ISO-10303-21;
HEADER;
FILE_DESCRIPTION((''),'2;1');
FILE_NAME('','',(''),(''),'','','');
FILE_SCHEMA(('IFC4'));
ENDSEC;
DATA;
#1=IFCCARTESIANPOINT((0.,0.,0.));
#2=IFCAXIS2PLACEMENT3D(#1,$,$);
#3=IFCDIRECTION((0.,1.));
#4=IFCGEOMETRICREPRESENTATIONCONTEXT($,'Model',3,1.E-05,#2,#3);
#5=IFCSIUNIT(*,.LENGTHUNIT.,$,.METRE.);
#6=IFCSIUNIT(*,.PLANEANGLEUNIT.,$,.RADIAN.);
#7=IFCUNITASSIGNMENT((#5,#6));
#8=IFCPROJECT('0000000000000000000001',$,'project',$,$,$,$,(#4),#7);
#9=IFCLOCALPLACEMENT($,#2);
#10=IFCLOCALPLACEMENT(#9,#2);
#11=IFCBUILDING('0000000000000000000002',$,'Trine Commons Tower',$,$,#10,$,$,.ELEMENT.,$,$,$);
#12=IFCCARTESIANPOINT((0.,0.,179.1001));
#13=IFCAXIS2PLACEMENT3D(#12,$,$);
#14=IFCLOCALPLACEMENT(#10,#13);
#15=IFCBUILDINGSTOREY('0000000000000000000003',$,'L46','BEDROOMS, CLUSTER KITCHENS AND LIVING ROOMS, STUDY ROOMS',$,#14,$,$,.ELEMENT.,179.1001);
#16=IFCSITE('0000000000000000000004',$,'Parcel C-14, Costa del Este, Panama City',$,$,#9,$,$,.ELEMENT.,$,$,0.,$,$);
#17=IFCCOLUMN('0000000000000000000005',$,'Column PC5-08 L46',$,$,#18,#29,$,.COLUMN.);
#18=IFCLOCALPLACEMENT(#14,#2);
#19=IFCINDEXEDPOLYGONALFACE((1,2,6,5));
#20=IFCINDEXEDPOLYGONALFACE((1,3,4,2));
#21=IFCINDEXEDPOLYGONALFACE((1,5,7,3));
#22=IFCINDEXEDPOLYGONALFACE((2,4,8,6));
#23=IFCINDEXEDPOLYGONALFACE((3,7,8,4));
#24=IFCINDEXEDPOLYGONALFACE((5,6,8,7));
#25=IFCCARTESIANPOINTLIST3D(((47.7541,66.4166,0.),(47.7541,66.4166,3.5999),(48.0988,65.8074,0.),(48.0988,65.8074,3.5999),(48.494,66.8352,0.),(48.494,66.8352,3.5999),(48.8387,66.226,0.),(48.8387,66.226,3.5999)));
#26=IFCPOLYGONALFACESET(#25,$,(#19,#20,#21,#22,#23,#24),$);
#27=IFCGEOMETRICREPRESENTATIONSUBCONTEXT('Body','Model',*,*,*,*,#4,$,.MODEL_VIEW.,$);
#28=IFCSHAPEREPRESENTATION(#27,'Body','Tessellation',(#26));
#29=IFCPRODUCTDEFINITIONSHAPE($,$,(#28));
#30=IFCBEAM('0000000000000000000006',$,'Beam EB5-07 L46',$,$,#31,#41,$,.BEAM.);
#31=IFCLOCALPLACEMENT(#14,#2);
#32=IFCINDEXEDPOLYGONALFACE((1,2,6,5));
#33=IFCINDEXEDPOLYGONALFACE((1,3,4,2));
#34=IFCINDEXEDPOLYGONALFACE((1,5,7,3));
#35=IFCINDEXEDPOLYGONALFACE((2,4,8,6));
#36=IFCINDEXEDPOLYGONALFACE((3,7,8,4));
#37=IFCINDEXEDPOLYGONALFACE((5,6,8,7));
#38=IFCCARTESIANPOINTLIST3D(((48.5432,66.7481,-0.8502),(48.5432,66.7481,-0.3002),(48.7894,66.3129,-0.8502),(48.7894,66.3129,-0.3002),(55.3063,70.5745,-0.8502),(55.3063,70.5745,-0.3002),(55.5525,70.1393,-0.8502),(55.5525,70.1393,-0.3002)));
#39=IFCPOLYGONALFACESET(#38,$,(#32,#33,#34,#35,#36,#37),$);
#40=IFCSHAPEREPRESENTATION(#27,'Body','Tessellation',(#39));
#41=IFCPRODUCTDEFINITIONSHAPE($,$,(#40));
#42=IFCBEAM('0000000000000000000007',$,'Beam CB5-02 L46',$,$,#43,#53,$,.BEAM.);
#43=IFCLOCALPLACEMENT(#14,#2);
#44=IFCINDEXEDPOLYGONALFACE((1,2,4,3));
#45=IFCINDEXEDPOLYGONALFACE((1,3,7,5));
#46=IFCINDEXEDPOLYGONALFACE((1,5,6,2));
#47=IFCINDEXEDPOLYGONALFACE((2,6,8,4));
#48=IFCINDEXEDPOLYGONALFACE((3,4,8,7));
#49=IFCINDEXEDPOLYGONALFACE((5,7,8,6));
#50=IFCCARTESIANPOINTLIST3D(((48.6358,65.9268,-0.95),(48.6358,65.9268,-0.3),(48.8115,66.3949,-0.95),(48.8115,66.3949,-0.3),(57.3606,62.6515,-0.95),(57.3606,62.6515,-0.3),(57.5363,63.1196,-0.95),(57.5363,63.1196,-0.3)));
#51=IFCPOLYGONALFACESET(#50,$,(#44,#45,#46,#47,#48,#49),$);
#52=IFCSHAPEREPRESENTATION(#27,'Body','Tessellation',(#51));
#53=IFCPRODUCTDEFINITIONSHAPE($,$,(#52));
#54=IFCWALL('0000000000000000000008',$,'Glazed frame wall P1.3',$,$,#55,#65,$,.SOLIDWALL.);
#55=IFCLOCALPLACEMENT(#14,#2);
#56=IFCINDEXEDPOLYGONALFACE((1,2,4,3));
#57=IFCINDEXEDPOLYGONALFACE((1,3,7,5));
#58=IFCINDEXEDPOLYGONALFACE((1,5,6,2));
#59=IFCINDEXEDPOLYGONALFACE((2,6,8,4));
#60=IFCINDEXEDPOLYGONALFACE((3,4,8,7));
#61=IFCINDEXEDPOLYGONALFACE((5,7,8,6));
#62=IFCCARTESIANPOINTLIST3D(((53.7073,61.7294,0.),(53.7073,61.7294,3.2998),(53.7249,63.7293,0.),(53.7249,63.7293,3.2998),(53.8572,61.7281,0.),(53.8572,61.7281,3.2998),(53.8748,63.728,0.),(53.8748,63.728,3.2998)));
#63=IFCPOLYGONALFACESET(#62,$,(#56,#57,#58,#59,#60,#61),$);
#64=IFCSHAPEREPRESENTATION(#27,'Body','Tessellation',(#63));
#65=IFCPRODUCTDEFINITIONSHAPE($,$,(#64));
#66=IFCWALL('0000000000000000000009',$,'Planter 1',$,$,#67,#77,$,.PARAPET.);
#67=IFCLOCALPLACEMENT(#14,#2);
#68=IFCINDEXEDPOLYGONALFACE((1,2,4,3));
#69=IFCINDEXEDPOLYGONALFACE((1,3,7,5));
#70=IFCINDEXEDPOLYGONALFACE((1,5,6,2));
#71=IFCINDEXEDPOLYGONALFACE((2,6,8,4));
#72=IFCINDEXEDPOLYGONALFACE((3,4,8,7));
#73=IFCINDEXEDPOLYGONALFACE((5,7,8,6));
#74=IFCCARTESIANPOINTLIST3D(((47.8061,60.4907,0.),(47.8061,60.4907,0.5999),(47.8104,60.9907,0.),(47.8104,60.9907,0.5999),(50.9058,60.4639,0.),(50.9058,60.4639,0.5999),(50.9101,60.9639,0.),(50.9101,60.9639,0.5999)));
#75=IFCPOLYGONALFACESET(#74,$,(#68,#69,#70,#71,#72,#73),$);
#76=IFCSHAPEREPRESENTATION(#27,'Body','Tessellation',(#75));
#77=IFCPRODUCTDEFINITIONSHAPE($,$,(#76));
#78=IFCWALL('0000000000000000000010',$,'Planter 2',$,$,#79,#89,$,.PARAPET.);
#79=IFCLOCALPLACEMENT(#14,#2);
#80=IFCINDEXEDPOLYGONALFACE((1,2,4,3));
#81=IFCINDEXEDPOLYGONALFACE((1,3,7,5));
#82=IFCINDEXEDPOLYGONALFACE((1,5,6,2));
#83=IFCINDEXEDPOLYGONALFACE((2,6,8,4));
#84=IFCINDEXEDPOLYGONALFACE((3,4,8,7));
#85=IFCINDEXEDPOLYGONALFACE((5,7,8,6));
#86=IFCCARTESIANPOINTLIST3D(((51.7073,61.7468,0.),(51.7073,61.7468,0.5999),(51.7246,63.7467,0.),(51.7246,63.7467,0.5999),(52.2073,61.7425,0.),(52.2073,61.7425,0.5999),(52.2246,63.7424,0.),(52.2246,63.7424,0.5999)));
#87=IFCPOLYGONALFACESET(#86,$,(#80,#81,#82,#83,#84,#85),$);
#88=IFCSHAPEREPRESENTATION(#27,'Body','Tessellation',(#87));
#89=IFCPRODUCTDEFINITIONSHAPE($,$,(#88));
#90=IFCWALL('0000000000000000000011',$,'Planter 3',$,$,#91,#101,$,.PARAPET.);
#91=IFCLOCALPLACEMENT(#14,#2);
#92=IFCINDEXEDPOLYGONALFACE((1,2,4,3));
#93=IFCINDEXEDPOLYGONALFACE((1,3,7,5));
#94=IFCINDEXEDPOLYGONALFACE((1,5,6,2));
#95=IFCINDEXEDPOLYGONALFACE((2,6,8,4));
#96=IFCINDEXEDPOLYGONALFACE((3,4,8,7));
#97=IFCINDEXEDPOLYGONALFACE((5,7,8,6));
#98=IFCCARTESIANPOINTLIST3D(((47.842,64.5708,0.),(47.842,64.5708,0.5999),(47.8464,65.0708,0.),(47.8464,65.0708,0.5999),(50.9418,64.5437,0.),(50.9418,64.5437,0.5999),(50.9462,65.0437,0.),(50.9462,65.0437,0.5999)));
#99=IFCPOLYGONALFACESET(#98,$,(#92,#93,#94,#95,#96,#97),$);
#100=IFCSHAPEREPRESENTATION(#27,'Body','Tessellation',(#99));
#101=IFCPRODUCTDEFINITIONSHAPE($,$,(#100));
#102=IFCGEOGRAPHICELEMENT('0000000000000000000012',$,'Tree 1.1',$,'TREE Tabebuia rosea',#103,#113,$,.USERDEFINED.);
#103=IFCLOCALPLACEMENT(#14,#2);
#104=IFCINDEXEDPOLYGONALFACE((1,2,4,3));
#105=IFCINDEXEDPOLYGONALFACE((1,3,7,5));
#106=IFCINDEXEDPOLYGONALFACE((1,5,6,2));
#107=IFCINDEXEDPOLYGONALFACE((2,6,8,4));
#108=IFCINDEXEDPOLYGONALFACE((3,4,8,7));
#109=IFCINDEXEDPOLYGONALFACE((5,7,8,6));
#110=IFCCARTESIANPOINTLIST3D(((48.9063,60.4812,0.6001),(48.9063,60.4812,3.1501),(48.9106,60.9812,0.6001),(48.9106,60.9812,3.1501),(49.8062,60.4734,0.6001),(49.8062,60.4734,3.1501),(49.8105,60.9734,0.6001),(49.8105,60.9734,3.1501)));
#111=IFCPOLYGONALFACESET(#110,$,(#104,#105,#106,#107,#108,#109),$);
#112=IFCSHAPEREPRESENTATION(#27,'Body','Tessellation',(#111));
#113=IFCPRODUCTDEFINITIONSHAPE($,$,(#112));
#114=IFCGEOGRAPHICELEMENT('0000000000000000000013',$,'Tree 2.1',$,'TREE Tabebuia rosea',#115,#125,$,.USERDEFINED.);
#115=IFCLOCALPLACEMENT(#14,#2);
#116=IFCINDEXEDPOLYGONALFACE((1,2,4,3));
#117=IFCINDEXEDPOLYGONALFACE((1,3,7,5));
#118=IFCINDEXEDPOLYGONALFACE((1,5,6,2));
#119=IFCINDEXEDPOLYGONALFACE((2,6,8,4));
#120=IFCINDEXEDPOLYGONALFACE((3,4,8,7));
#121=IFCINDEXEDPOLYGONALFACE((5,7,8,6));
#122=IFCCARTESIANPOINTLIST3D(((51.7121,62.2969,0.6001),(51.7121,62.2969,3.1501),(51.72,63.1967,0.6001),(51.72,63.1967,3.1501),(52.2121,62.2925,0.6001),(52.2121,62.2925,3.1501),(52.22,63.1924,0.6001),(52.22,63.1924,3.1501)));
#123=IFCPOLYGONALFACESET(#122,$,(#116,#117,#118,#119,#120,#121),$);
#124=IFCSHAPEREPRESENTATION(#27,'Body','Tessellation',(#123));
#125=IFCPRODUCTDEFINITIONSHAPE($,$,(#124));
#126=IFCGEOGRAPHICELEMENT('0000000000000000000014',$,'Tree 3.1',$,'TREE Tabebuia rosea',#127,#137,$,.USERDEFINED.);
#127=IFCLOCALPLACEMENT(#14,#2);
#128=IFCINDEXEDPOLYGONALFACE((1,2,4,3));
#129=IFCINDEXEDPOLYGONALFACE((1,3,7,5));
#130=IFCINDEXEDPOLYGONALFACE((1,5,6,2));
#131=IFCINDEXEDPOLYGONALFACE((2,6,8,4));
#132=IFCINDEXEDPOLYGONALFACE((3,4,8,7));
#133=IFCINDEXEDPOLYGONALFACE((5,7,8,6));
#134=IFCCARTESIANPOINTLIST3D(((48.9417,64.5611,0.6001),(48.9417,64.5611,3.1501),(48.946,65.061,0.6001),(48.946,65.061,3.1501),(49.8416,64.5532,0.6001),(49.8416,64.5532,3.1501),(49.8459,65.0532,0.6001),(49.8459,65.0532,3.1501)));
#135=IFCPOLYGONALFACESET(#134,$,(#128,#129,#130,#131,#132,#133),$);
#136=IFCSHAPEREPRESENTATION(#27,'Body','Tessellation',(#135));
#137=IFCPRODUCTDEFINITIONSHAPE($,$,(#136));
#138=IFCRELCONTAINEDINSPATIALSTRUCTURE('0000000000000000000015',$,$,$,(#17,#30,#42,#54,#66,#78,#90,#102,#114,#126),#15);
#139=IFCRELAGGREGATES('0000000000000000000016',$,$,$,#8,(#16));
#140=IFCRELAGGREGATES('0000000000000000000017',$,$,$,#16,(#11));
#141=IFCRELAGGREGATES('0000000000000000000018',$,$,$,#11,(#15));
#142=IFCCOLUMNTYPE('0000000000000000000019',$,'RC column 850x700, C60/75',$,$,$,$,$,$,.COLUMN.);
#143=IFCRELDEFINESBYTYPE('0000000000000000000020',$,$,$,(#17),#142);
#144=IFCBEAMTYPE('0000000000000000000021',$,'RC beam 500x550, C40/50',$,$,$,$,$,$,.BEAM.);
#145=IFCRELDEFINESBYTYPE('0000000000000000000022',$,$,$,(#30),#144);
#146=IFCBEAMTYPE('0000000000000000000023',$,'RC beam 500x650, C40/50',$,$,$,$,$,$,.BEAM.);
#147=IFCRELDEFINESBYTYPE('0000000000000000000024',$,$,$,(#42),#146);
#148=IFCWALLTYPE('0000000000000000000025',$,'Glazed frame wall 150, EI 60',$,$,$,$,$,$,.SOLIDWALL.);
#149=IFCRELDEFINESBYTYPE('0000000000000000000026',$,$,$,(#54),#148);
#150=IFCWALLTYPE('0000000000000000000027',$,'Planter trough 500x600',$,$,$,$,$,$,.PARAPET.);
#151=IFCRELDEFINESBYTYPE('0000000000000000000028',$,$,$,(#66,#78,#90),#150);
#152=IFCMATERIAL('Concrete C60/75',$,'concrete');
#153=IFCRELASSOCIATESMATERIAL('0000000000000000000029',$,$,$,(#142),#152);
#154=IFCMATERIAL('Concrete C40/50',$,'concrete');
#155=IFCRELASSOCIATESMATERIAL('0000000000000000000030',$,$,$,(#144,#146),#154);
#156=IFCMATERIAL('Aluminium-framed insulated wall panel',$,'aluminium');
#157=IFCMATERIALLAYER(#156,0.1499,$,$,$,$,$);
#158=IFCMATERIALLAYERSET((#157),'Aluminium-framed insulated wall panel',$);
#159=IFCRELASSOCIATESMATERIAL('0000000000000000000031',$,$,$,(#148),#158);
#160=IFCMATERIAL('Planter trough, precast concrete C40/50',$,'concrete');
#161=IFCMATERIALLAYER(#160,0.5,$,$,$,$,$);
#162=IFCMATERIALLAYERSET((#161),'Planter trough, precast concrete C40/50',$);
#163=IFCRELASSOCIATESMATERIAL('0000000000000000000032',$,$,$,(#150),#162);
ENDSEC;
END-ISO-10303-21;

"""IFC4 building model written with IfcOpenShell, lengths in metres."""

from ifc_helpers import new_model, si_unit, direction, frame, frame_2d, origin, origin_2d, place, context, subcontext, project, spatial, polyline, rectangle, outline, extrude, material, layer, layer_set, material_profile, profile_set, type_object, element, save


model = new_model("IFC4")

# Units and contexts
model_context = context("Model", 3, precision=1e-05, world=origin(), true_north=direction((0.0, 1.0)))
body_context = subcontext(model_context, "Body", "Model", "MODEL_VIEW")
ifc_project = project(units=[si_unit("LENGTHUNIT", "METRE"), si_unit("PLANEANGLEUNIT", "RADIAN")], contexts=[model_context])

# Site, building, storey
site_placement = place(None, origin())
site = spatial("IfcSite", under=ifc_project, at=site_placement, Name="Parcel C-14, Costa del Este, Panama City", CompositionType="ELEMENT", RefElevation=0.0)
building_placement = place(site_placement, origin())
building = spatial("IfcBuilding", under=site, at=building_placement, Name="Trine Commons Tower", CompositionType="ELEMENT")
storey_placement = place(building_placement, frame((0.0, 0.0, 179.1001)))
storey = spatial("IfcBuildingStorey", under=building, at=storey_placement, Name="L46", Description="BEDROOMS, CLUSTER KITCHENS AND LIVING ROOMS, STUDY ROOMS", CompositionType="ELEMENT", Elevation=179.1001)

# Column
ifc_material_1 = material(Name="Concrete C60/75", Category="concrete")
ifc_material_profile_1 = material_profile(ifc_material_1, rectangle(XDim=0.8501, YDim=0.7, at=origin_2d()), Name="RC 850x700")
ifc_profile_set_1 = profile_set([ifc_material_profile_1], Name="Concrete C60/75")
column_type = type_object("IfcColumnType", Name="RC column 850x700, C60/75", PredefinedType="COLUMN", material=ifc_profile_set_1)
column_placement = place(storey_placement, frame((48.2964, 66.3213, 0.0), z_axis=(0.0, 0.0, 1.0), x_axis=(0.870356, 0.492424, 0.0)))
element("IfcColumn", 1, at=column_placement, inside=storey, type_object=column_type, Name="Column PC5-08 L46", PredefinedType="COLUMN", context=body_context, shape_type="SweptSolid", body=[
    extrude(rectangle(XDim=0.8501, YDim=0.7, at=origin_2d()), origin(), (0.0, 0.0, 1.0), 3.5999),
])

# Beams
ifc_material_2 = material(Name="Concrete C40/50", Category="concrete")
ifc_material_profile_2 = material_profile(ifc_material_2, rectangle(XDim=0.5, YDim=0.55, at=origin_2d()), Name="RC 500x550")
ifc_profile_set_2 = profile_set([ifc_material_profile_2], Name="Concrete C40/50")
beam_type_1 = type_object("IfcBeamType", Name="RC beam 500x550, C40/50", PredefinedType="BEAM", material=ifc_profile_set_2)
beam_1_placement = place(storey_placement, frame((48.6663, 66.5305, -0.5752), z_axis=(0.870356, 0.492423, 0.0), x_axis=(-0.492423, 0.870356, 0.0)))
element("IfcBeam", 2, at=beam_1_placement, inside=storey, type_object=beam_type_1, Name="Beam EB5-07 L46", PredefinedType="BEAM", context=body_context, shape_type="SweptSolid", body=[
    extrude(rectangle(XDim=0.5, YDim=0.55, at=origin_2d()), origin(), (0.0, 0.0, 1.0), 7.7705),
])
ifc_material_profile_3 = material_profile(ifc_material_2, rectangle(XDim=0.5, YDim=0.6499, at=origin_2d()), Name="RC 500x650")
ifc_profile_set_3 = profile_set([ifc_material_profile_3], Name="Concrete C40/50")
beam_type_2 = type_object("IfcBeamType", Name="RC beam 500x650, C40/50", PredefinedType="BEAM", material=ifc_profile_set_3)
beam_2_placement = place(storey_placement, frame((48.7236, 66.1609, -0.625), z_axis=(0.936203, -0.351459, 0.0), x_axis=(0.351459, 0.936203, 0.0)))
element("IfcBeam", 3, at=beam_2_placement, inside=storey, type_object=beam_type_2, Name="Beam CB5-02 L46", PredefinedType="BEAM", context=body_context, shape_type="SweptSolid", body=[
    extrude(rectangle(XDim=0.5, YDim=0.6499, at=origin_2d()), origin(), (0.0, 0.0, 1.0), 9.3193),
])

# Wall
ifc_material_3 = material(Name="Aluminium-framed insulated wall panel", Category="aluminium")
ifc_layer_1 = layer(ifc_material_3, 0.1499)
ifc_layer_set_1 = layer_set([ifc_layer_1], Name="Aluminium-framed insulated wall panel")
wall_type_1 = type_object("IfcWallType", Name="Glazed frame wall 150, EI 60", PredefinedType="SOLIDWALL", material=ifc_layer_set_1)
wall_1_placement = place(storey_placement, frame((53.7822, 61.7288, 0.0), z_axis=(0.0, 0.0, 1.0), x_axis=(0.008789, 0.999961, 0.0)))
element("IfcWall", 4, at=wall_1_placement, inside=storey, type_object=wall_type_1, Name="Glazed frame wall P1.3", PredefinedType="SOLIDWALL", context=body_context, shape_type="SweptSolid", body=[
    extrude(outline(polyline([(0.0, -0.075), (2.0, -0.075), (2.0, 0.075), (0.0, 0.075), (0.0, -0.075)])), origin(), (0.0, 0.0, 1.0), 3.2998),
])

# Walls
ifc_material_4 = material(Name="Planter trough, precast concrete C40/50", Category="concrete")
ifc_layer_2 = layer(ifc_material_4, 0.5)
ifc_layer_set_2 = layer_set([ifc_layer_2], Name="Planter trough, precast concrete C40/50")
wall_type_2 = type_object("IfcWallType", Name="Planter trough 500x600", PredefinedType="PARAPET", material=ifc_layer_set_2)
wall_2_placement = place(storey_placement, frame((47.8083, 60.7407, 0.0), z_axis=(0.0, 0.0, 1.0), x_axis=(0.999962, -0.008663, 0.0)))
element("IfcWall", 5, at=wall_2_placement, inside=storey, type_object=wall_type_2, Name="Planter 1", PredefinedType="PARAPET", context=body_context, shape_type="SweptSolid", body=[
    extrude(rectangle(XDim=3.0999, YDim=0.5, at=frame_2d((1.5498, 0.0))), origin(), (0.0, 0.0, 1.0), 0.5999),
])
wall_3_placement = place(storey_placement, frame((51.9573, 61.7446, 0.0), z_axis=(0.0, 0.0, 1.0), x_axis=(0.008667, 0.999962, 0.0)))
element("IfcWall", 6, at=wall_3_placement, inside=storey, type_object=wall_type_2, Name="Planter 2", PredefinedType="PARAPET", context=body_context, shape_type="SweptSolid", body=[
    extrude(rectangle(XDim=2.0, YDim=0.5, at=frame_2d((1.0, 0.0))), origin(), (0.0, 0.0, 1.0), 0.5999),
])
wall_4_placement = place(storey_placement, frame((50.9438, 64.7937, 0.0), z_axis=(0.0, 0.0, 1.0), x_axis=(-0.999962, 0.008742, 0.0)))
element("IfcWall", 7, at=wall_4_placement, inside=storey, type_object=wall_type_2, Name="Planter 3", PredefinedType="PARAPET", context=body_context, shape_type="SweptSolid", body=[
    extrude(rectangle(XDim=3.0999, YDim=0.5, at=frame_2d((1.5498, 0.0))), origin(), (0.0, 0.0, 1.0), 0.5999),
])

# Geographic elements
for number, where, z_axis, x_axis, name in (
    (8, (49.3584, 60.7273, 0.6001), (0.0, 0.0, 1.0), (0.999962, -0.008727, 0.0), "Tree 1.1"),
    (9, (51.9661, 62.7446, 0.6001), (0.0, 0.0, 1.0), (0.008727, 0.999962, 0.0), "Tree 2.1"),
    (10, (49.3938, 64.8071, 0.6001), (0.0, 0.0, 1.0), (-0.999962, 0.008727, 0.0), "Tree 3.1"),
):
    element("IfcGeographicElement", number, at=place(storey_placement, frame(where, z_axis=z_axis, x_axis=x_axis)), inside=storey, Name=name, ObjectType="TREE Tabebuia rosea", PredefinedType="USERDEFINED", context=body_context, shape_type="SweptSolid", body=[
        extrude(rectangle(XDim=0.8999, YDim=0.5, at=origin_2d()), origin(), (0.0, 0.0, 1.0), 2.55),
    ])

save(model, "model.ifc")
